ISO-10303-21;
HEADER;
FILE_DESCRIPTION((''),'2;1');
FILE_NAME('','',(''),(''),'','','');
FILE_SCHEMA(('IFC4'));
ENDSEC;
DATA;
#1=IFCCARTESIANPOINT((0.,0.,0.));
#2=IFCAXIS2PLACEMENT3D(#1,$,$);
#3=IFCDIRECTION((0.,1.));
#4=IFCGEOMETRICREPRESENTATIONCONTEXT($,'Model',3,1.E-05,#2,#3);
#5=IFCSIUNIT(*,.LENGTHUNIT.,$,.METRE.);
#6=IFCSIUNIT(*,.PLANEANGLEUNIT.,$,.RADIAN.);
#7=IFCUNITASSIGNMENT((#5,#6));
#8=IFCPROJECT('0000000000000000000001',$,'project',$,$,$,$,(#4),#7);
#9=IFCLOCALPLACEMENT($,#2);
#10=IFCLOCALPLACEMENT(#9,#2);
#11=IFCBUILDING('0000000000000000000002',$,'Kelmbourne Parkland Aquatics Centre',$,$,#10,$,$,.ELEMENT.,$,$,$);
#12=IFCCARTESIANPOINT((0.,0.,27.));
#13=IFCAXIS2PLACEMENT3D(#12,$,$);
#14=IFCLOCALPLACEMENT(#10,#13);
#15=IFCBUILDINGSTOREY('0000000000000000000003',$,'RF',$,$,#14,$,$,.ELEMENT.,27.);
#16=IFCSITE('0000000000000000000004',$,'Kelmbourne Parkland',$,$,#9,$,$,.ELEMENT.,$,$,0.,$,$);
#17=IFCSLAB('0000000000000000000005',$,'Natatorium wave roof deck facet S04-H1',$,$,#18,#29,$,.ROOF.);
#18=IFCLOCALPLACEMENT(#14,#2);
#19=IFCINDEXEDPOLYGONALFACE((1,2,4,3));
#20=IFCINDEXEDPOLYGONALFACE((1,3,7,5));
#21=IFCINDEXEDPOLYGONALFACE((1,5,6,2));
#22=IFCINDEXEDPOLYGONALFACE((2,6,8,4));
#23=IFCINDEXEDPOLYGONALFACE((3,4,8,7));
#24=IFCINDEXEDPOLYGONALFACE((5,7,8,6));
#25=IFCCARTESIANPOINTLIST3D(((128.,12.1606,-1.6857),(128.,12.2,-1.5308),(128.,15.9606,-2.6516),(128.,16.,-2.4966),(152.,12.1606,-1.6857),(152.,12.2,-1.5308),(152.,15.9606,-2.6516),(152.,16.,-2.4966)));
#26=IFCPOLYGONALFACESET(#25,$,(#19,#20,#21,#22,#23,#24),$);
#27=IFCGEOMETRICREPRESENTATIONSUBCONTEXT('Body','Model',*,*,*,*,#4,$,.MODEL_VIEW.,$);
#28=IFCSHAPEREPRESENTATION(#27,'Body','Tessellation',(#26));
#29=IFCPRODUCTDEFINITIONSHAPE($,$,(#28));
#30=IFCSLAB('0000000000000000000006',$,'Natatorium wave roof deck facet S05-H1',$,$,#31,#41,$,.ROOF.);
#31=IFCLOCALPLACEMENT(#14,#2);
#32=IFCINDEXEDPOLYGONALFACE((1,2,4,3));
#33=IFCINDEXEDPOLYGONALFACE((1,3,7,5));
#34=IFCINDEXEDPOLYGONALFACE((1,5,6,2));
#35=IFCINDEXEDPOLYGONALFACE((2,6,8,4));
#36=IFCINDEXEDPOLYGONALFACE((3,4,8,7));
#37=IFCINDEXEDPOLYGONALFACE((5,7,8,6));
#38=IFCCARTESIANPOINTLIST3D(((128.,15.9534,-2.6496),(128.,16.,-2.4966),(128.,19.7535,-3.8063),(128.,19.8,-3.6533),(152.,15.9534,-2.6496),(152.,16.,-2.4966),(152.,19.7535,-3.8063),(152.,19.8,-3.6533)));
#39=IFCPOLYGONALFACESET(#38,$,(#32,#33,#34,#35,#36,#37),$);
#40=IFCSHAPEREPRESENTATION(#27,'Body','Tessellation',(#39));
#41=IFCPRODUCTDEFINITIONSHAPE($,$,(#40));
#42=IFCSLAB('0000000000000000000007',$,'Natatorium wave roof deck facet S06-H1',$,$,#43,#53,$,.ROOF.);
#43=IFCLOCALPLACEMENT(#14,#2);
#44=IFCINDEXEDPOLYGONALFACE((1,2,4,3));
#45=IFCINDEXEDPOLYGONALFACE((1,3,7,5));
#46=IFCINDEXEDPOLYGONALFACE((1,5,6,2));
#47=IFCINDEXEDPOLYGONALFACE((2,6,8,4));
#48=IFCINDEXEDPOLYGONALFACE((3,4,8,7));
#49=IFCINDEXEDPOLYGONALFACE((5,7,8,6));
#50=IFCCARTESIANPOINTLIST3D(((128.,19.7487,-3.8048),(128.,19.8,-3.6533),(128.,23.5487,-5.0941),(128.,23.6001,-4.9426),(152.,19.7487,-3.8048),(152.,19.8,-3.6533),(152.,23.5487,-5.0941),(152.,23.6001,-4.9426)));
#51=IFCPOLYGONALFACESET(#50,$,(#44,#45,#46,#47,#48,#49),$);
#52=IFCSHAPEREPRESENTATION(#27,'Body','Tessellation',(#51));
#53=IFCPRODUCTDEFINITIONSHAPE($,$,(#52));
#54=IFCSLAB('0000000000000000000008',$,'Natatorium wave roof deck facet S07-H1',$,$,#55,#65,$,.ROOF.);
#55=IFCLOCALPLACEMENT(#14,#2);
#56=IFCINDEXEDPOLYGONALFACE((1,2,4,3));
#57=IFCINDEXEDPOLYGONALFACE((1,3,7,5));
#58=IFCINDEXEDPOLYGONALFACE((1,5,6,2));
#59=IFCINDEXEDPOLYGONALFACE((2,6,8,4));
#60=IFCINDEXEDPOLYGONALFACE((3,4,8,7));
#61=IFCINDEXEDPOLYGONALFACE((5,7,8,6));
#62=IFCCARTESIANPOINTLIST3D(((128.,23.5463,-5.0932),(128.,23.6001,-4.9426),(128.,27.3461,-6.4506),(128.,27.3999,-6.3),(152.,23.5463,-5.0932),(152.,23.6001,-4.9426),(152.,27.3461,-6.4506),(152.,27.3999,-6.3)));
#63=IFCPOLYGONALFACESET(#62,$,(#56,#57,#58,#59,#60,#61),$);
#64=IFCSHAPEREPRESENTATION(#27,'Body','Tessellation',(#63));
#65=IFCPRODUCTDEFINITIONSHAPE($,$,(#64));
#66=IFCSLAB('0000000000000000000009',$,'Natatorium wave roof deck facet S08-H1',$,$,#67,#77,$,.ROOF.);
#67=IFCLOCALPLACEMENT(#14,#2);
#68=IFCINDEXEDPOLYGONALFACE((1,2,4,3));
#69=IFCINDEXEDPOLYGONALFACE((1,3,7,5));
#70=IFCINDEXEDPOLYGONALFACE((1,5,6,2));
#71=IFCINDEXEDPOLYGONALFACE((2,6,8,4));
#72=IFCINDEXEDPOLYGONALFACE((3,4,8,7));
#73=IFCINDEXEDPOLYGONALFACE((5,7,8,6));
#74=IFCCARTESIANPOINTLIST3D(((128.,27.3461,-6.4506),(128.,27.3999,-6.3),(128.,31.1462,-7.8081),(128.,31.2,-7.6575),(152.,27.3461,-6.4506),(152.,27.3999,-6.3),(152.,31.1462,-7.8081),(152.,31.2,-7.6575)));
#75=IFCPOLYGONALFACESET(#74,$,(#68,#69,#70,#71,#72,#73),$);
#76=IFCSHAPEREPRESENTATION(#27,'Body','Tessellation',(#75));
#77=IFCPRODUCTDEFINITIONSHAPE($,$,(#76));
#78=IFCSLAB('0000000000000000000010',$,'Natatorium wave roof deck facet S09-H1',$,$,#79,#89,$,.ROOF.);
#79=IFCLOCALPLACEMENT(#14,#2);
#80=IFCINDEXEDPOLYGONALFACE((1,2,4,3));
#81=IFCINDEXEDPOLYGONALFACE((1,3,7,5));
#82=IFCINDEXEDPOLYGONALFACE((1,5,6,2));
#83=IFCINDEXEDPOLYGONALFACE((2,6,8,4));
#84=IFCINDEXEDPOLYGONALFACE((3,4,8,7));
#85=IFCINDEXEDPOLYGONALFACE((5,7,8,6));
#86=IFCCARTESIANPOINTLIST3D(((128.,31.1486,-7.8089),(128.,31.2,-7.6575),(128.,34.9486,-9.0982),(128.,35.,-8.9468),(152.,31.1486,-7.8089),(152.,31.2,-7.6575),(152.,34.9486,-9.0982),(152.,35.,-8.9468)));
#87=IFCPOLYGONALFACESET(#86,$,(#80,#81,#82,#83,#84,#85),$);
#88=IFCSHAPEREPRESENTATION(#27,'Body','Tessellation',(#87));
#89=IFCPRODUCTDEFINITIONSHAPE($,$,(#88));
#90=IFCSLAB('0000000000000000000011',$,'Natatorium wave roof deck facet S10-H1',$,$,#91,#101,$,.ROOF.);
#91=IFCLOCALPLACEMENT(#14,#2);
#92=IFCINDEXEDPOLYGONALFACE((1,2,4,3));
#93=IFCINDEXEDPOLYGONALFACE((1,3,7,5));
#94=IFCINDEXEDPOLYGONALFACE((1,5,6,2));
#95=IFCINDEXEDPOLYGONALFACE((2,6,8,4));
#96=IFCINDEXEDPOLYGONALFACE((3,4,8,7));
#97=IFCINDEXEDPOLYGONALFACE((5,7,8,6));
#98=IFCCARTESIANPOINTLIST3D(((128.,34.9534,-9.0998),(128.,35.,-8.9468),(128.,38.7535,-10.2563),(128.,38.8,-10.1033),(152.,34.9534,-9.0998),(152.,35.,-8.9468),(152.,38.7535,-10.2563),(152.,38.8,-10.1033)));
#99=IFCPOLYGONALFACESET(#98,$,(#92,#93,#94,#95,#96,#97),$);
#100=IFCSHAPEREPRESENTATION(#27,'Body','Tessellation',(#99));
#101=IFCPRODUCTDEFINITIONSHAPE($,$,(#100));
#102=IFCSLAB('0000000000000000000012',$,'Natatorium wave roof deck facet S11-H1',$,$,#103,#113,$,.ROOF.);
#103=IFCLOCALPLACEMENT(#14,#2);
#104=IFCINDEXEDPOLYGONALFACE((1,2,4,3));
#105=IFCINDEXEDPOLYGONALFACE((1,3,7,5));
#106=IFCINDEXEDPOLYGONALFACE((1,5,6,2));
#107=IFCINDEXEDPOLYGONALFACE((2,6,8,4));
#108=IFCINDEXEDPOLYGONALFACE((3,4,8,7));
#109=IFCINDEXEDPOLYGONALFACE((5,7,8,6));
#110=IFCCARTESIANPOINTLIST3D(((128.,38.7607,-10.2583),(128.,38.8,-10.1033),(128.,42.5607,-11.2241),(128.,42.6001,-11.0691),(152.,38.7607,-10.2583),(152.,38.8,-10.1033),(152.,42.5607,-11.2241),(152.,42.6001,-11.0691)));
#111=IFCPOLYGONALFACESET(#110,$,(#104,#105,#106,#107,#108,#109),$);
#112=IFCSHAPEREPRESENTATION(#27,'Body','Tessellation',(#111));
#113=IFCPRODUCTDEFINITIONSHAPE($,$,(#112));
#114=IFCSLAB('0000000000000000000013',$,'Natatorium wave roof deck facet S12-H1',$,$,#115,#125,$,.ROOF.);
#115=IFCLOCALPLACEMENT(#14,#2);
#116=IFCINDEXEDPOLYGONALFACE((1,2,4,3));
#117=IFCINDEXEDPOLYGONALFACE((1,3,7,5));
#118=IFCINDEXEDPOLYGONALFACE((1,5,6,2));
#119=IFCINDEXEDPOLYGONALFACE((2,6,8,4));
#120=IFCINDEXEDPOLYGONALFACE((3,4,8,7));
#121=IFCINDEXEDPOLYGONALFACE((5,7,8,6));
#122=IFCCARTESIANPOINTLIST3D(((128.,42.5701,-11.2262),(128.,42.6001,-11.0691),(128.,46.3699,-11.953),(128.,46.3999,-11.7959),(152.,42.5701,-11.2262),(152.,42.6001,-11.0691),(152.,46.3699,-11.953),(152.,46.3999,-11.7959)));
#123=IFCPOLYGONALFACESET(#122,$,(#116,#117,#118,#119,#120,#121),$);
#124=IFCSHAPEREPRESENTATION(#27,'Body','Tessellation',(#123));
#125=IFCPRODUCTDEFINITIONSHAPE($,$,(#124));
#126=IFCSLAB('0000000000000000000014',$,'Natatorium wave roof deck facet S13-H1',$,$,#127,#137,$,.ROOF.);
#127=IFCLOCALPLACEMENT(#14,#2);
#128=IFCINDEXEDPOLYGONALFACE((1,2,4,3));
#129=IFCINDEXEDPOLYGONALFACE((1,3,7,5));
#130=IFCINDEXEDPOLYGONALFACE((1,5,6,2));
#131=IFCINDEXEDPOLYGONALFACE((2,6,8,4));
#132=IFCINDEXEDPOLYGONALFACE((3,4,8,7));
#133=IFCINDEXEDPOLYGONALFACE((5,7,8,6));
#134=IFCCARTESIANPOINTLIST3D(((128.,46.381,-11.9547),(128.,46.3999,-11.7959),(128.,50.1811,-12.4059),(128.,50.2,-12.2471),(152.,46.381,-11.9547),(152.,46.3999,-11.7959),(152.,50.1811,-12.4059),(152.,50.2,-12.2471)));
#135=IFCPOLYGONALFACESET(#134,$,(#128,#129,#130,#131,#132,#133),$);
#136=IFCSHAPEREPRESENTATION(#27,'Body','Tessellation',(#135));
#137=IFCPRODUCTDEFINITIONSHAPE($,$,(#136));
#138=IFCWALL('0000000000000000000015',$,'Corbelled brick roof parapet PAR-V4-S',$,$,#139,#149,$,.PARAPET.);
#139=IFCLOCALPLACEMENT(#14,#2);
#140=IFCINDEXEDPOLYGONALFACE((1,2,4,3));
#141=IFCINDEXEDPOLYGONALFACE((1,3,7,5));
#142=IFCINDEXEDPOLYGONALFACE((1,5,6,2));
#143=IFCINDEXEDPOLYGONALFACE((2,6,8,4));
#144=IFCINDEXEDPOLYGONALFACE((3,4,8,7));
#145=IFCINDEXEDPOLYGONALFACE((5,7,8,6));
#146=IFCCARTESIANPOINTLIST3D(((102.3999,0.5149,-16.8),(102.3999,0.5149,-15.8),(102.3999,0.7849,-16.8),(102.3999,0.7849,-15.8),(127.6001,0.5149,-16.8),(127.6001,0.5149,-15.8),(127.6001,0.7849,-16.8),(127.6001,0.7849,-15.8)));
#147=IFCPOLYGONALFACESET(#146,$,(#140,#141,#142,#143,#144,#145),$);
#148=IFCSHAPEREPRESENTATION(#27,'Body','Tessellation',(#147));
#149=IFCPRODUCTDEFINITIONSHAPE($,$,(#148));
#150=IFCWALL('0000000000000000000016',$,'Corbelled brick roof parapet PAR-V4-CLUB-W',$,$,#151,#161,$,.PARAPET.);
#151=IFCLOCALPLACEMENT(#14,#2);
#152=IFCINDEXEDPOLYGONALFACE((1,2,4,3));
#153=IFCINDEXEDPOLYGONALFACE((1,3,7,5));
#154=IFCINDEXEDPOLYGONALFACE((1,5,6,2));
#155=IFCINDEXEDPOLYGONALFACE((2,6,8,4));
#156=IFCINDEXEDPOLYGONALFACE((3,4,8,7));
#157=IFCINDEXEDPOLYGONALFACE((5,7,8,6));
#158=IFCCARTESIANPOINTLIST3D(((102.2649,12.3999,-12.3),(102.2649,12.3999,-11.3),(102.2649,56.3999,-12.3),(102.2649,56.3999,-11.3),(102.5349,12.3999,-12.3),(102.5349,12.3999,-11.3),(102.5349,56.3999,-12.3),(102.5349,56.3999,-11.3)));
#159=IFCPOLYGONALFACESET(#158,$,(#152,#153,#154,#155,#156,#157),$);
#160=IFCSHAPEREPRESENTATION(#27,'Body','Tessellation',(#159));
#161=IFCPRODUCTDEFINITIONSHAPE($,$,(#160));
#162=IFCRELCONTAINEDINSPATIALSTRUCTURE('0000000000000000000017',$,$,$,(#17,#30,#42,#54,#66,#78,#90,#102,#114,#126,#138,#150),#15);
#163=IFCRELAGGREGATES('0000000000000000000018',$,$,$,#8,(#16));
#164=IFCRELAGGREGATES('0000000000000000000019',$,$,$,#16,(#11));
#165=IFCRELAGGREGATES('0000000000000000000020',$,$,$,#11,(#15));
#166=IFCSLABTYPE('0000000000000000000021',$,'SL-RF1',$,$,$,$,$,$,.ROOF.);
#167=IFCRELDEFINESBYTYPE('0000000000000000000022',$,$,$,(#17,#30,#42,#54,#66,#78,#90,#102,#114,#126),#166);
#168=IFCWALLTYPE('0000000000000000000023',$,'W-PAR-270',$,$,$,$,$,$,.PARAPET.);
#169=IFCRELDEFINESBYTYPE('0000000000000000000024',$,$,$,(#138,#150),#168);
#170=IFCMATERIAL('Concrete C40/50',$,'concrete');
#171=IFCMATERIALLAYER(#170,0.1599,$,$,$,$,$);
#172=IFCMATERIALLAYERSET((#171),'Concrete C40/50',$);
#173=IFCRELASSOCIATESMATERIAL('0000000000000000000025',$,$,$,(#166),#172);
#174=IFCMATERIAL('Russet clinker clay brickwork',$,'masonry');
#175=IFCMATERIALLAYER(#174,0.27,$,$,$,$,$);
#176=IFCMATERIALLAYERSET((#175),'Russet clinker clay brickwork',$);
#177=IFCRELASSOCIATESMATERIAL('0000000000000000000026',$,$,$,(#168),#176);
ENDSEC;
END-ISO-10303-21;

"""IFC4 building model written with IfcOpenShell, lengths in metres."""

from ifc_helpers import new_model, si_unit, direction, frame, frame_2d, origin, place, context, subcontext, project, spatial, polyline, rectangle, outline, extrude, material, layer, layer_set, type_object, element, save


model = new_model("IFC4")

# Units and contexts
model_context = context("Model", 3, precision=1e-05, world=origin(), true_north=direction((0.0, 1.0)))
body_context = subcontext(model_context, "Body", "Model", "MODEL_VIEW")
ifc_project = project(units=[si_unit("LENGTHUNIT", "METRE"), si_unit("PLANEANGLEUNIT", "RADIAN")], contexts=[model_context])

# Site, building, storey
site_placement = place(None, origin())
site = spatial("IfcSite", under=ifc_project, at=site_placement, Name="Kelmbourne Parkland", CompositionType="ELEMENT", RefElevation=0.0)
building_placement = place(site_placement, origin())
building = spatial("IfcBuilding", under=site, at=building_placement, Name="Kelmbourne Parkland Aquatics Centre", CompositionType="ELEMENT")
storey_placement = place(building_placement, frame((0.0, 0.0, 27.0)))
storey = spatial("IfcBuildingStorey", under=building, at=storey_placement, Name="RF", CompositionType="ELEMENT", Elevation=27.0)

# Slabs
ifc_material_1 = material(Name="Concrete C40/50", Category="concrete")
ifc_layer_1 = layer(ifc_material_1, 0.1599)
ifc_layer_set_1 = layer_set([ifc_layer_1], Name="Concrete C40/50")
slab_type = type_object("IfcSlabType", Name="SL-RF1", PredefinedType="ROOF", material=ifc_layer_set_1)
slab_1_placement = place(storey_placement, frame((128.0, 12.2, -1.5308), z_axis=(0.0, 0.246328, 0.969186), x_axis=(1.0, 0.0, 0.0)))
element("IfcSlab", 1, at=slab_1_placement, inside=storey, type_object=slab_type, Name="Natatorium wave roof deck facet S04-H1", PredefinedType="ROOF", context=body_context, shape_type="SweptSolid", body=[
    extrude(outline(polyline([(0.0, 0.0), (24.0, 0.0), (24.0, 3.9209), (0.0, 3.9209), (0.0, 0.0)])), origin(), (0.0, 0.0, -1.0), 0.1599),
])
slab_2_placement = place(storey_placement, frame((128.0, 16.0, -2.4966), z_axis=(0.0, 0.291208, 0.95666), x_axis=(1.0, 0.0, 0.0)))
element("IfcSlab", 2, at=slab_2_placement, inside=storey, type_object=slab_type, Name="Natatorium wave roof deck facet S05-H1", PredefinedType="ROOF", context=body_context, shape_type="SweptSolid", body=[
    extrude(outline(polyline([(0.0, 0.0), (24.0, 0.0), (24.0, 3.9722), (0.0, 3.9722), (0.0, 0.0)])), origin(), (0.0, 0.0, -1.0), 0.1599),
])
slab_3_placement = place(storey_placement, frame((128.0, 19.8, -3.6533), z_axis=(0.0, 0.321297, 0.946978), x_axis=(1.0, 0.0, 0.0)))
element("IfcSlab", 3, at=slab_3_placement, inside=storey, type_object=slab_type, Name="Natatorium wave roof deck facet S06-H1", PredefinedType="ROOF", context=body_context, shape_type="SweptSolid", body=[
    extrude(outline(polyline([(0.0, 0.0), (24.0, 0.0), (24.0, 4.0128), (0.0, 4.0128), (0.0, 0.0)])), origin(), (0.0, 0.0, -1.0), 0.1599),
])
slab_4_placement = place(storey_placement, frame((128.0, 23.6001, -4.9426), z_axis=(0.0, 0.336413, 0.941715), x_axis=(1.0, 0.0, 0.0)))
element("IfcSlab", 4, at=slab_4_placement, inside=storey, type_object=slab_type, Name="Natatorium wave roof deck facet S07-H1", PredefinedType="ROOF", context=body_context, shape_type="SweptSolid", body=[
    extrude(outline(polyline([(0.0, 0.0), (24.0, 0.0), (24.0, 4.035), (0.0, 4.035), (0.0, 0.0)])), origin(), (0.0, 0.0, -1.0), 0.1599),
])
slab_5_placement = place(storey_placement, frame((128.0, 27.3999, -6.3), z_axis=(0.0, 0.336394, 0.941721), x_axis=(1.0, 0.0, 0.0)))
element("IfcSlab", 5, at=slab_5_placement, inside=storey, type_object=slab_type, Name="Natatorium wave roof deck facet S08-H1", PredefinedType="ROOF", context=body_context, shape_type="SweptSolid", body=[
    extrude(outline(polyline([(0.0, 0.0), (24.0, 0.0), (24.0, 4.0352), (0.0, 4.0352), (0.0, 0.0)])), origin(), (0.0, 0.0, -1.0), 0.1599),
])
slab_6_placement = place(storey_placement, frame((128.0, 31.2, -7.6575), z_axis=(0.0, 0.321297, 0.946978), x_axis=(1.0, 0.0, 0.0)))
element("IfcSlab", 6, at=slab_6_placement, inside=storey, type_object=slab_type, Name="Natatorium wave roof deck facet S09-H1", PredefinedType="ROOF", context=body_context, shape_type="SweptSolid", body=[
    extrude(outline(polyline([(0.0, 0.0), (24.0, 0.0), (24.0, 4.0128), (0.0, 4.0128), (0.0, 0.0)])), origin(), (0.0, 0.0, -1.0), 0.1599),
])
slab_7_placement = place(storey_placement, frame((128.0, 35.0, -8.9468), z_axis=(0.0, 0.291152, 0.956677), x_axis=(1.0, 0.0, 0.0)))
element("IfcSlab", 7, at=slab_7_placement, inside=storey, type_object=slab_type, Name="Natatorium wave roof deck facet S10-H1", PredefinedType="ROOF", context=body_context, shape_type="SweptSolid", body=[
    extrude(outline(polyline([(0.0, 0.0), (24.0, 0.0), (24.0, 3.9721), (0.0, 3.9721), (0.0, 0.0)])), origin(), (0.0, 0.0, -1.0), 0.1599),
])
slab_8_placement = place(storey_placement, frame((128.0, 38.8, -10.1033), z_axis=(0.0, 0.246328, 0.969186), x_axis=(1.0, 0.0, 0.0)))
element("IfcSlab", 8, at=slab_8_placement, inside=storey, type_object=slab_type, Name="Natatorium wave roof deck facet S11-H1", PredefinedType="ROOF", context=body_context, shape_type="SweptSolid", body=[
    extrude(outline(polyline([(0.0, 0.0), (24.0, 0.0), (24.0, 3.9209), (0.0, 3.9209), (0.0, 0.0)])), origin(), (0.0, 0.0, -1.0), 0.1599),
])
slab_9_placement = place(storey_placement, frame((128.0, 42.6001, -11.0691), z_axis=(0.0, 0.187869, 0.982194), x_axis=(1.0, 0.0, 0.0)))
element("IfcSlab", 9, at=slab_9_placement, inside=storey, type_object=slab_type, Name="Natatorium wave roof deck facet S12-H1", PredefinedType="ROOF", context=body_context, shape_type="SweptSolid", body=[
    extrude(outline(polyline([(0.0, 0.0), (24.0, 0.0), (24.0, 3.8687), (0.0, 3.8687), (0.0, 0.0)])), origin(), (0.0, 0.0, -1.0), 0.1599),
])
slab_10_placement = place(storey_placement, frame((128.0, 46.3999, -11.7959), z_axis=(0.0, 0.1179, 0.993025), x_axis=(1.0, 0.0, 0.0)))
element("IfcSlab", 10, at=slab_10_placement, inside=storey, type_object=slab_type, Name="Natatorium wave roof deck facet S13-H1", PredefinedType="ROOF", context=body_context, shape_type="SweptSolid", body=[
    extrude(outline(polyline([(0.0, 0.0), (24.0, 0.0), (24.0, 3.8267), (0.0, 3.8267), (0.0, 0.0)])), origin(), (0.0, 0.0, -1.0), 0.1599),
])

# Walls
ifc_material_2 = material(Name="Russet clinker clay brickwork", Category="masonry")
ifc_layer_2 = layer(ifc_material_2, 0.27)
ifc_layer_set_2 = layer_set([ifc_layer_2], Name="Russet clinker clay brickwork")
wall_type = type_object("IfcWallType", Name="W-PAR-270", PredefinedType="PARAPET", material=ifc_layer_set_2)
wall_1_placement = place(storey_placement, frame((102.3999, 0.6499, -16.8), z_axis=(0.0, 0.0, 1.0), x_axis=(1.0, 0.0, 0.0)))
element("IfcWall", 11, at=wall_1_placement, inside=storey, type_object=wall_type, Name="Corbelled brick roof parapet PAR-V4-S", PredefinedType="PARAPET", context=body_context, shape_type="SweptSolid", body=[
    extrude(rectangle(XDim=25.2002, YDim=0.27, at=frame_2d((12.6001, 0.0))), origin(), (0.0, 0.0, 1.0), 1.0),
])
wall_2_placement = place(storey_placement, frame((102.3999, 12.3999, -12.3), z_axis=(0.0, 0.0, 1.0), x_axis=(0.0, 1.0, 0.0)))
element("IfcWall", 12, at=wall_2_placement, inside=storey, type_object=wall_type, Name="Corbelled brick roof parapet PAR-V4-CLUB-W", PredefinedType="PARAPET", context=body_context, shape_type="SweptSolid", body=[
    extrude(rectangle(XDim=44.0, YDim=0.27, at=frame_2d((22.0, 0.0))), origin(), (0.0, 0.0, 1.0), 1.0),
])

save(model, "model.ifc")
